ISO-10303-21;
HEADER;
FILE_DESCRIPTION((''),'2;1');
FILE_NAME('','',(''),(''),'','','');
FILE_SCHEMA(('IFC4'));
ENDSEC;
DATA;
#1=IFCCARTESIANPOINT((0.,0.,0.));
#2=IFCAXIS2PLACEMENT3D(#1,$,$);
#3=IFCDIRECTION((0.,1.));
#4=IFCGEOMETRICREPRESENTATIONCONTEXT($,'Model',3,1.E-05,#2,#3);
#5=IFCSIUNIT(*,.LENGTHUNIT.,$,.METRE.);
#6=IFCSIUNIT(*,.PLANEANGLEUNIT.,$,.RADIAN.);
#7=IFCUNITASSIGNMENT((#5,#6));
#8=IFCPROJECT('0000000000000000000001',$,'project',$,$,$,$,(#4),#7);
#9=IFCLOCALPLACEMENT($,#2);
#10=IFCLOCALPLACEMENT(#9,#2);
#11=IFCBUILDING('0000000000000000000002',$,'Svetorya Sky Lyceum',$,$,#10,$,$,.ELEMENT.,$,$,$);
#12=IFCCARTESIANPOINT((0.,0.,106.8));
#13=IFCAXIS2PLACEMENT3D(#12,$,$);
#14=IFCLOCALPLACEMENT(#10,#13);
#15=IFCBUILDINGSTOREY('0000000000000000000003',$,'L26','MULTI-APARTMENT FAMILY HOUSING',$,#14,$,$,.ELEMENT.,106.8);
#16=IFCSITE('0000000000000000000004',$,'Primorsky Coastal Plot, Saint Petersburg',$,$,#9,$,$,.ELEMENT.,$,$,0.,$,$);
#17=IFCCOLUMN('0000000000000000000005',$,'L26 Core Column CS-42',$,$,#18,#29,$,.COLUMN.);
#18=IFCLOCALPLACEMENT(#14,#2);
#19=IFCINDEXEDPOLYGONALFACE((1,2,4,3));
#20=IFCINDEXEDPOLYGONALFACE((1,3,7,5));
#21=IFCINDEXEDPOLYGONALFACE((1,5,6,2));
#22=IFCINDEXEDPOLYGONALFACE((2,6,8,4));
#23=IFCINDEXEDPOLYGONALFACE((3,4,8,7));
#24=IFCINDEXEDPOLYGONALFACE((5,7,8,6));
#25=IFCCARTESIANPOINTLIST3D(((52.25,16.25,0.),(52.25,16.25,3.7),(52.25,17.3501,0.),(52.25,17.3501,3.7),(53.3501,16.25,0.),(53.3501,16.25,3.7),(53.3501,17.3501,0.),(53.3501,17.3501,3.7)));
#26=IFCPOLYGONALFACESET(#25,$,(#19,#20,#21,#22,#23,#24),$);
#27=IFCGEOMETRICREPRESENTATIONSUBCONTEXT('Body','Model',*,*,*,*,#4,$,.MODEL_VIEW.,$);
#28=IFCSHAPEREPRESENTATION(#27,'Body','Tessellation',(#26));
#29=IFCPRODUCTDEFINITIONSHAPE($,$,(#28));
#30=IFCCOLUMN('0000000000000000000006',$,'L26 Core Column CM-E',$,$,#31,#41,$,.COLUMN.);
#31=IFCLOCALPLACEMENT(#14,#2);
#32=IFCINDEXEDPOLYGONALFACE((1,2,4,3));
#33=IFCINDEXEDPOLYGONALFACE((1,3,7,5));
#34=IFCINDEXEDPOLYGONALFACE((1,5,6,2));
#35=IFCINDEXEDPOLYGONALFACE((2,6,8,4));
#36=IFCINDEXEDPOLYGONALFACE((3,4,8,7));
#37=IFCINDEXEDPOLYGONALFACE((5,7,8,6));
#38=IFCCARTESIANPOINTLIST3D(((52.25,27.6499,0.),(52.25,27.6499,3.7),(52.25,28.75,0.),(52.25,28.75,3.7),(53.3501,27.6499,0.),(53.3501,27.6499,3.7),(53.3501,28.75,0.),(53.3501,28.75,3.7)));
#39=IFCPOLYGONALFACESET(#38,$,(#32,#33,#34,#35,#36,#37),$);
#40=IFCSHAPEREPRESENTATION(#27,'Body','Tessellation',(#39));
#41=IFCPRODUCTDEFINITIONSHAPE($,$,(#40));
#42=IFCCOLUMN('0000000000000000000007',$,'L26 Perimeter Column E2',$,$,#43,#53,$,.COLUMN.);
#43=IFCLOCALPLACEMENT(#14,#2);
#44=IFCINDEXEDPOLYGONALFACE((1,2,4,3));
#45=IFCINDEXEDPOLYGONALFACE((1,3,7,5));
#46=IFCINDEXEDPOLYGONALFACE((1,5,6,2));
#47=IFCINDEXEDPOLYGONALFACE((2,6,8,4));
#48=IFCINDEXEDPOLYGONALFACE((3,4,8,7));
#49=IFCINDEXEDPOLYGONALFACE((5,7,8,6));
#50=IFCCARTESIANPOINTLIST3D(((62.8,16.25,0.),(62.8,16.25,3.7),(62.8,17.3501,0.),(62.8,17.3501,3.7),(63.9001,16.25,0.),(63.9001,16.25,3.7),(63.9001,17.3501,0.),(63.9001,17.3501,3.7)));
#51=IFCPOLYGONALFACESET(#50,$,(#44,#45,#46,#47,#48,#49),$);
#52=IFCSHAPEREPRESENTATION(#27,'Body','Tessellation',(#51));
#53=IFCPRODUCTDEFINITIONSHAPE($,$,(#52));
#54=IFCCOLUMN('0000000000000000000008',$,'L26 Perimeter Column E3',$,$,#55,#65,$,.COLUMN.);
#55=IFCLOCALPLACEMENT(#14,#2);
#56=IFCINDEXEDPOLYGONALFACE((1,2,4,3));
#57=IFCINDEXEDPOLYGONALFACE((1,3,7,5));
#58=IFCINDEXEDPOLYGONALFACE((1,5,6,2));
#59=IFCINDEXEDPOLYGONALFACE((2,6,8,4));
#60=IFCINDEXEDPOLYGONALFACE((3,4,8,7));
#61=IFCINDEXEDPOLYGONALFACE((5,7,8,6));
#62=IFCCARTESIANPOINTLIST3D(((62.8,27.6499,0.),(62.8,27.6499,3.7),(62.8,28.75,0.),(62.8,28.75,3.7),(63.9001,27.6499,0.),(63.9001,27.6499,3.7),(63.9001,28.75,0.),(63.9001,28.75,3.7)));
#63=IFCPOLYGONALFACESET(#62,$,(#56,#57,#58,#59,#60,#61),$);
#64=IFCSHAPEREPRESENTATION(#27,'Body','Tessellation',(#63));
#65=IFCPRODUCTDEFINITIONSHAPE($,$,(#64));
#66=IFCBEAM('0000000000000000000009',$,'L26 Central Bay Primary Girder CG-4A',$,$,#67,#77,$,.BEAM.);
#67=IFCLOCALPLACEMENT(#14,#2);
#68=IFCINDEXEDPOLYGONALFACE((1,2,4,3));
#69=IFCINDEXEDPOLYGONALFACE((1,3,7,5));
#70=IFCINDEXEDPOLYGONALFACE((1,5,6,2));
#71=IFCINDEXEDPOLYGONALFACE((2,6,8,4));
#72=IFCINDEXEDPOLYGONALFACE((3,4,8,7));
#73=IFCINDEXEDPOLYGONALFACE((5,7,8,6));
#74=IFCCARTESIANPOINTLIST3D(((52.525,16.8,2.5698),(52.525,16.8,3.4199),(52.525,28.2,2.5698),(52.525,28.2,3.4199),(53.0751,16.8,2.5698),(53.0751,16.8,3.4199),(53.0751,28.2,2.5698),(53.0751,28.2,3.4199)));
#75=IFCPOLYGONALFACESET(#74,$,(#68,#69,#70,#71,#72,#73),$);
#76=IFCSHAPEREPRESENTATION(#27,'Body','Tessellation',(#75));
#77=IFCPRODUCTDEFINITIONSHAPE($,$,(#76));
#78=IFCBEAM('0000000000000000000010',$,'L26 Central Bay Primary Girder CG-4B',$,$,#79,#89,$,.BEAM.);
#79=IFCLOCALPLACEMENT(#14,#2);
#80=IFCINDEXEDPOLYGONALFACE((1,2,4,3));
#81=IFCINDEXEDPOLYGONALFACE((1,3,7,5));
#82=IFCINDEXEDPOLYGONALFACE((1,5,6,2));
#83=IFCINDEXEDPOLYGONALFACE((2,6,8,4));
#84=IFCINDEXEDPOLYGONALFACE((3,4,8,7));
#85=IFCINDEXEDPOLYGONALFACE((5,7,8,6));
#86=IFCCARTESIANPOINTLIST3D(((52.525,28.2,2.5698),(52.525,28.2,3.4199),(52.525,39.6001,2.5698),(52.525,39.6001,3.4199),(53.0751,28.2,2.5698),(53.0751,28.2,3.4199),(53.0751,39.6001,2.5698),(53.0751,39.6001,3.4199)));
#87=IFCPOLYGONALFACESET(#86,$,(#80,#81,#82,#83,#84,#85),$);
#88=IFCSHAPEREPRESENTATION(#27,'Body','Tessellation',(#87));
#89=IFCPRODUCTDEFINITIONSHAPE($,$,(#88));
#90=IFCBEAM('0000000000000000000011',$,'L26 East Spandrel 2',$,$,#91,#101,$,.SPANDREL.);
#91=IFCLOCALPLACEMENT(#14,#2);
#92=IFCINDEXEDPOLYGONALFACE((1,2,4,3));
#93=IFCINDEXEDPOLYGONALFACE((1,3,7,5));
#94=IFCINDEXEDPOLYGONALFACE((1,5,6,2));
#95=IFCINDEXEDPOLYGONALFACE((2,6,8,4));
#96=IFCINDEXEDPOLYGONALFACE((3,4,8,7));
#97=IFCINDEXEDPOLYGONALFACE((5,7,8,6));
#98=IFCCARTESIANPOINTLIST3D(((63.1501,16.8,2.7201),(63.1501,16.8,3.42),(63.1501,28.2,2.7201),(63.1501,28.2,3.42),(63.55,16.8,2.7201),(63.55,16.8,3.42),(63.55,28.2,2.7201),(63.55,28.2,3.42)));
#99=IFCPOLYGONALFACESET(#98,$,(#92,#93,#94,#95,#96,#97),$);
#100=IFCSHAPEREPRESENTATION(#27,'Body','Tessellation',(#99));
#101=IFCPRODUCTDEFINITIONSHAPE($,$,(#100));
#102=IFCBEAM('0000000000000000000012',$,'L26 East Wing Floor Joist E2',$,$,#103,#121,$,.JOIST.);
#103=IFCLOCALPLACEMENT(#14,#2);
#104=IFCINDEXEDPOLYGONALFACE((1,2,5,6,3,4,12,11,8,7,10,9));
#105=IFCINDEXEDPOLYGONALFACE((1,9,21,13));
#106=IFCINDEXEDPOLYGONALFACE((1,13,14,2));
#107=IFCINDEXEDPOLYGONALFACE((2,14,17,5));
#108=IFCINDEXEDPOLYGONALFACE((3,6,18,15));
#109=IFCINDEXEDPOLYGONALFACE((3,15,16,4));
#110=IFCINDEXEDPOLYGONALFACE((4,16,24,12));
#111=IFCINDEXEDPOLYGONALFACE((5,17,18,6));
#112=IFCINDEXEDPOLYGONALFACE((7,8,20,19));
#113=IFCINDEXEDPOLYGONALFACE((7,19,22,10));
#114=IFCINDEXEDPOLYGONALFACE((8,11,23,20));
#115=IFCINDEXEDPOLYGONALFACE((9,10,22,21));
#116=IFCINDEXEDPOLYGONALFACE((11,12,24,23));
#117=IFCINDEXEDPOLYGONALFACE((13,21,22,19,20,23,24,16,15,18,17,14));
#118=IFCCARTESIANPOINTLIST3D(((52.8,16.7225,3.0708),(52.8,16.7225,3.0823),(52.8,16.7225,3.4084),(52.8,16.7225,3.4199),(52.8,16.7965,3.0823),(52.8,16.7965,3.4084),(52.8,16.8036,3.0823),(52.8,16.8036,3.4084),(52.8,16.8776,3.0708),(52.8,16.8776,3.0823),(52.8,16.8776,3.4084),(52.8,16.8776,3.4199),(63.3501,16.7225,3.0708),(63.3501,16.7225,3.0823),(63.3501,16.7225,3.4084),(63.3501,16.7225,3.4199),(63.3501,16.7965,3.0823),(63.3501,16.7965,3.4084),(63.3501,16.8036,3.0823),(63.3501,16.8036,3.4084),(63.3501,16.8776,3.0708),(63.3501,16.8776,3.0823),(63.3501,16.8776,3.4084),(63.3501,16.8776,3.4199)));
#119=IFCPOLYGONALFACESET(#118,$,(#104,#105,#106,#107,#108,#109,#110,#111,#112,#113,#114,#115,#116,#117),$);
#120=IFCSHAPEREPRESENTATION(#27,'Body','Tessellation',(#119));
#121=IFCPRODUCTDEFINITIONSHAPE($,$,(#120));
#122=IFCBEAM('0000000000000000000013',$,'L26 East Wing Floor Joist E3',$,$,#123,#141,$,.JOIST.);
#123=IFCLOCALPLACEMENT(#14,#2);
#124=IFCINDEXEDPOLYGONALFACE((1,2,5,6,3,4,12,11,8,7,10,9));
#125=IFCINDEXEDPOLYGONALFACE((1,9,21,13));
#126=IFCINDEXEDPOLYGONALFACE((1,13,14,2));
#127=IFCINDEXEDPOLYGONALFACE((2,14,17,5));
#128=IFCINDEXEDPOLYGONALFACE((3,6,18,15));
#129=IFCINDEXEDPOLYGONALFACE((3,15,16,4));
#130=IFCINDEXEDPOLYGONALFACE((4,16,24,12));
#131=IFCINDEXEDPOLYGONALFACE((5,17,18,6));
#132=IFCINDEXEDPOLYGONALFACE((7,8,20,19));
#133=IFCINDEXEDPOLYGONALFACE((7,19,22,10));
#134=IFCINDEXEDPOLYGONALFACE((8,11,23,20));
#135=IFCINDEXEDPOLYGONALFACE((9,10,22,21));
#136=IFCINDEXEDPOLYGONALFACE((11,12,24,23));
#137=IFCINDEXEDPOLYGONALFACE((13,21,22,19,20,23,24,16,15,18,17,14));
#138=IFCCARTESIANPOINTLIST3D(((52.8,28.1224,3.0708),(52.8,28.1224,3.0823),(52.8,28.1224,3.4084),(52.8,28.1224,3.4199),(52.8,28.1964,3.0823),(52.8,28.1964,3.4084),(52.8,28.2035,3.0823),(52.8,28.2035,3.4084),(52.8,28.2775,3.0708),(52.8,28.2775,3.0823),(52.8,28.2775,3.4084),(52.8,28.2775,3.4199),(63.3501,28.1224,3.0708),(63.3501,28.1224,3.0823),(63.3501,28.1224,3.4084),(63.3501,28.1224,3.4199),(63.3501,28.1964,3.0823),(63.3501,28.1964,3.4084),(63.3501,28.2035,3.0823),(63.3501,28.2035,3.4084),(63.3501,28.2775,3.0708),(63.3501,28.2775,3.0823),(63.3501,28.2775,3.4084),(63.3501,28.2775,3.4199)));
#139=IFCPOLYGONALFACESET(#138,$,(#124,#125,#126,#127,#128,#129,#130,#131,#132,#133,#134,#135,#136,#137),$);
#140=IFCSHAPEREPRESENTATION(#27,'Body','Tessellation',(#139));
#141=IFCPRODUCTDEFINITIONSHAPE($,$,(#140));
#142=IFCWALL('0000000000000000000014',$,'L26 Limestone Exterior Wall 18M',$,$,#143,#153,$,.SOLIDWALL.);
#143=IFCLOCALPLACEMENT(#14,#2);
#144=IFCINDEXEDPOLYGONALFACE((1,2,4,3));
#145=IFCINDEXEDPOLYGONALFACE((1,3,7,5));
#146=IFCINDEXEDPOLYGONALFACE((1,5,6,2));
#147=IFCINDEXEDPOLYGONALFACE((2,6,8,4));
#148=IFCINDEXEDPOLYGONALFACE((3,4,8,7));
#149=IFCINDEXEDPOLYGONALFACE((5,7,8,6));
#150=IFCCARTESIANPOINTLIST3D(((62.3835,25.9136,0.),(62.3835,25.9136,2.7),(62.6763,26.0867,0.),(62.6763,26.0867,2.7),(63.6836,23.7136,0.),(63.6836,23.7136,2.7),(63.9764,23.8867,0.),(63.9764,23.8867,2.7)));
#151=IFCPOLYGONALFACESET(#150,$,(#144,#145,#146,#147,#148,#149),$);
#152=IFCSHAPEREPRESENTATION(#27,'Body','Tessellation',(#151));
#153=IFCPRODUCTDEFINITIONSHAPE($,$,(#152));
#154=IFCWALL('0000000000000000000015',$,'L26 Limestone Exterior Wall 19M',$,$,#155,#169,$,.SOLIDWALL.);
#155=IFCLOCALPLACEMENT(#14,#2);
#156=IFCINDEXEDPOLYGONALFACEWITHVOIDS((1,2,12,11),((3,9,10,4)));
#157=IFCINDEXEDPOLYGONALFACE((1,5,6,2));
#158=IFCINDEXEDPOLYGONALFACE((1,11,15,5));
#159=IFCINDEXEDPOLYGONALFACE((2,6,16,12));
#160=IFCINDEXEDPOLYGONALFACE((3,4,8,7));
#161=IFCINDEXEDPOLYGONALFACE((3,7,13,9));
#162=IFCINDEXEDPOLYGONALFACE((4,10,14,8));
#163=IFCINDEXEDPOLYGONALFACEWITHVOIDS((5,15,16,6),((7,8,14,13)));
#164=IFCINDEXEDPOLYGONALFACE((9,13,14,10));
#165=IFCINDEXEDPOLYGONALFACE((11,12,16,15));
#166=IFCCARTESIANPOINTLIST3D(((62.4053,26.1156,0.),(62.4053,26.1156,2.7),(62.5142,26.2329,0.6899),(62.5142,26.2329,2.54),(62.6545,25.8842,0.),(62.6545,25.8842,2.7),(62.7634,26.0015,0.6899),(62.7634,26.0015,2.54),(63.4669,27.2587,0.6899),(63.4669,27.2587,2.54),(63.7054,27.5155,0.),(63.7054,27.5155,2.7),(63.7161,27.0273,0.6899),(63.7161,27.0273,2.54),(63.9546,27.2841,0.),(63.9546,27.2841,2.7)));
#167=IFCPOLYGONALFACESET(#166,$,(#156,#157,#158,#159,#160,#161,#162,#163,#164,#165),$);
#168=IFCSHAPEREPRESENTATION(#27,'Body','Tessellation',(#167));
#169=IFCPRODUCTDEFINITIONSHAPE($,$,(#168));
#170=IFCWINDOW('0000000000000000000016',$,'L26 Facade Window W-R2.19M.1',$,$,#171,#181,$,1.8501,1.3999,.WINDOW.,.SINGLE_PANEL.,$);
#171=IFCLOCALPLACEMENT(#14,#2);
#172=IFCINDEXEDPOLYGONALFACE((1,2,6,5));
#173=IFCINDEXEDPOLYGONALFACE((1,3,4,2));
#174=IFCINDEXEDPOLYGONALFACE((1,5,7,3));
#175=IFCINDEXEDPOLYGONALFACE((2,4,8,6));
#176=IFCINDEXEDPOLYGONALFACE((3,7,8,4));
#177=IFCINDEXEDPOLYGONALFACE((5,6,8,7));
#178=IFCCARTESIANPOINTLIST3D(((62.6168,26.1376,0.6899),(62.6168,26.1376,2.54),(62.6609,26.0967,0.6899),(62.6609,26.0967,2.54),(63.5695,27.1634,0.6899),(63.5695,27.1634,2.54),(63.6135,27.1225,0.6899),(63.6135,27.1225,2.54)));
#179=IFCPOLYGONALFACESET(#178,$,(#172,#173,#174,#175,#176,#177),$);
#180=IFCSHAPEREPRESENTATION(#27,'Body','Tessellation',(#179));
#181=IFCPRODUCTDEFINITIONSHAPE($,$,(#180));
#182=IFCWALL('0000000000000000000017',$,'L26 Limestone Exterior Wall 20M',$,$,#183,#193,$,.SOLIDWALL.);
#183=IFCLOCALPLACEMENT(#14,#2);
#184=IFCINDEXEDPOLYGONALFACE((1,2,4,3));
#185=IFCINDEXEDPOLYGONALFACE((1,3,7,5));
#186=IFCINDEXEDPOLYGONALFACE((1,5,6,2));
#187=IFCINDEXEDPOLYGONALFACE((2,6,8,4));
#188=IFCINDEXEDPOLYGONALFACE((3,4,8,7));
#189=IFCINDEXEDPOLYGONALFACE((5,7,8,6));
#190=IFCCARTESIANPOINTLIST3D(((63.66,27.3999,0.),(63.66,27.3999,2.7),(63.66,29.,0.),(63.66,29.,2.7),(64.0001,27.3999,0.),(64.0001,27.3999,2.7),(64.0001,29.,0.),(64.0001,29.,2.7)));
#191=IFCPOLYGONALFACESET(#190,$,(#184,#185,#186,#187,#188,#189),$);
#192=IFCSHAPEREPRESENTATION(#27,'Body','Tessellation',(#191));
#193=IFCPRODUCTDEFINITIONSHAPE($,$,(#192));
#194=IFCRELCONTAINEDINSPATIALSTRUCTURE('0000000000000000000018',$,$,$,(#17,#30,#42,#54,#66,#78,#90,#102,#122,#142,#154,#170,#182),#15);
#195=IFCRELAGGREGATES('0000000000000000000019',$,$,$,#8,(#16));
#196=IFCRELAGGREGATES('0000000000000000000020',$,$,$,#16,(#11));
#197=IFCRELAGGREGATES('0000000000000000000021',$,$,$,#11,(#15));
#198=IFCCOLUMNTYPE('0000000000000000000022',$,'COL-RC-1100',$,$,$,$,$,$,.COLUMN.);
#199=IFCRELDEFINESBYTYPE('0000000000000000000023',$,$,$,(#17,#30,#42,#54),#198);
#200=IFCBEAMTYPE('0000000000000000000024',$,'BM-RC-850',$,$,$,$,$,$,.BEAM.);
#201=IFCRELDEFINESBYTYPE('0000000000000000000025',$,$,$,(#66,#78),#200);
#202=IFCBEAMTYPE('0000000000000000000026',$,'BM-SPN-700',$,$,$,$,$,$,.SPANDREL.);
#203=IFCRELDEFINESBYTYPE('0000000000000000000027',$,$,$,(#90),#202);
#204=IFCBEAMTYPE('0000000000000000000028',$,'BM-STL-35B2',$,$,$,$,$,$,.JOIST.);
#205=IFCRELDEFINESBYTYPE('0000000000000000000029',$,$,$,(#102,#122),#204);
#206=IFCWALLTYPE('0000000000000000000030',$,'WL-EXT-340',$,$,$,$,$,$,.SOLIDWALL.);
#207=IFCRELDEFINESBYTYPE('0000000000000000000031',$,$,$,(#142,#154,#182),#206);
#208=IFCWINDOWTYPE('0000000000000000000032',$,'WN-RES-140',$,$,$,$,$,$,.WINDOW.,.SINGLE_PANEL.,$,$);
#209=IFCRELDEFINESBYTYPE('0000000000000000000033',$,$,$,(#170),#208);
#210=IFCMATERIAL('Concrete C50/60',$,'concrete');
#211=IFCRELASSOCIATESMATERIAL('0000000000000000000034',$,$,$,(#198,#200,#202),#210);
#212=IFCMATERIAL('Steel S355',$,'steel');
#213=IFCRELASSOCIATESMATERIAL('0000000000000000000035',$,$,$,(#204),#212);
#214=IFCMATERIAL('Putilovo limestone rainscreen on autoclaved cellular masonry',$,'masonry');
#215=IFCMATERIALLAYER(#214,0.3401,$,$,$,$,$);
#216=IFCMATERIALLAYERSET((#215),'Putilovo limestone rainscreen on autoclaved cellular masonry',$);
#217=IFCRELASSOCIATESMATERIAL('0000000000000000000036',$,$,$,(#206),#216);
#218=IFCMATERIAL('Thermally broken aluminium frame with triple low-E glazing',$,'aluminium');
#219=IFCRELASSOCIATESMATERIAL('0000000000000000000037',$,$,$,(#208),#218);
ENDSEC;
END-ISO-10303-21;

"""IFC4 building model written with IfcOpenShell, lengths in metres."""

from ifc_helpers import new_model, si_unit, direction, frame, frame_2d, origin, origin_2d, place, context, subcontext, project, spatial, rectangle, i_section, extrude, material, layer, layer_set, material_profile, profile_set, type_object, element, fill, save


model = new_model("IFC4")

# Units and contexts
model_context = context("Model", 3, precision=1e-05, world=origin(), true_north=direction((0.0, 1.0)))
body_context = subcontext(model_context, "Body", "Model", "MODEL_VIEW")
ifc_project = project(units=[si_unit("LENGTHUNIT", "METRE"), si_unit("PLANEANGLEUNIT", "RADIAN")], contexts=[model_context])

# Site, building, storey
site_placement = place(None, origin())
site = spatial("IfcSite", under=ifc_project, at=site_placement, Name="Primorsky Coastal Plot, Saint Petersburg", CompositionType="ELEMENT", RefElevation=0.0)
building_placement = place(site_placement, origin())
building = spatial("IfcBuilding", under=site, at=building_placement, Name="Svetorya Sky Lyceum", CompositionType="ELEMENT")
storey_placement = place(building_placement, frame((0.0, 0.0, 106.8)))
storey = spatial("IfcBuildingStorey", under=building, at=storey_placement, Name="L26", Description="MULTI-APARTMENT FAMILY HOUSING", CompositionType="ELEMENT", Elevation=106.8)

# Columns
ifc_material_1 = material(Name="Concrete C50/60", Category="concrete")
ifc_material_profile_1 = material_profile(ifc_material_1, rectangle(XDim=1.1001, YDim=1.1001, at=origin_2d()), Name="RC COL 1100x1100")
ifc_profile_set_1 = profile_set([ifc_material_profile_1], Name="Concrete C50/60")
column_type = type_object("IfcColumnType", Name="COL-RC-1100", PredefinedType="COLUMN", material=ifc_profile_set_1)
for number, where, z_axis, x_axis, name in (
    (1, (52.8, 16.8, 0.0), (0.0, 0.0, 1.0), (1.0, 0.0, 0.0), "L26 Core Column CS-42"),
    (2, (52.8, 28.2, 0.0), (0.0, 0.0, 1.0), (1.0, 0.0, 0.0), "L26 Core Column CM-E"),
    (3, (63.3501, 16.8, 0.0), (0.0, 0.0, 1.0), (1.0, 0.0, 0.0), "L26 Perimeter Column E2"),
    (4, (63.3501, 28.2, 0.0), (0.0, 0.0, 1.0), (1.0, 0.0, 0.0), "L26 Perimeter Column E3"),
):
    element("IfcColumn", number, at=place(storey_placement, frame(where, z_axis=z_axis, x_axis=x_axis)), inside=storey, type_object=column_type, Name=name, PredefinedType="COLUMN", context=body_context, shape_type="SweptSolid", body=[
        extrude(rectangle(XDim=1.1001, YDim=1.1001, at=origin_2d()), origin(), (0.0, 0.0, 1.0), 3.7),
    ])

# Beams
ifc_material_profile_2 = material_profile(ifc_material_1, rectangle(XDim=0.55, YDim=0.8501, at=origin_2d()), Name="RC BEAM 550x850")
ifc_profile_set_2 = profile_set([ifc_material_profile_2], Name="Concrete C50/60")
beam_type_1 = type_object("IfcBeamType", Name="BM-RC-850", PredefinedType="BEAM", material=ifc_profile_set_2)
beam_1_placement = place(storey_placement, frame((52.8, 16.8, 2.9949), z_axis=(0.0, 1.0, 0.0), x_axis=(-1.0, 0.0, 0.0)))
element("IfcBeam", 5, at=beam_1_placement, inside=storey, type_object=beam_type_1, Name="L26 Central Bay Primary Girder CG-4A", PredefinedType="BEAM", context=body_context, shape_type="SweptSolid", body=[
    extrude(rectangle(XDim=0.55, YDim=0.8501, at=origin_2d()), origin(), (0.0, 0.0, 1.0), 11.3999),
])
beam_2_placement = place(storey_placement, frame((52.8, 28.2, 2.9949), z_axis=(0.0, 1.0, 0.0), x_axis=(-1.0, 0.0, 0.0)))
element("IfcBeam", 6, at=beam_2_placement, inside=storey, type_object=beam_type_1, Name="L26 Central Bay Primary Girder CG-4B", PredefinedType="BEAM", context=body_context, shape_type="SweptSolid", body=[
    extrude(rectangle(XDim=0.55, YDim=0.8501, at=origin_2d()), origin(), (0.0, 0.0, 1.0), 11.4001),
])
ifc_material_profile_3 = material_profile(ifc_material_1, rectangle(XDim=0.3999, YDim=0.7, at=origin_2d()), Name="RC SPANDREL 400x700")
ifc_profile_set_3 = profile_set([ifc_material_profile_3], Name="Concrete C50/60")
beam_type_2 = type_object("IfcBeamType", Name="BM-SPN-700", PredefinedType="SPANDREL", material=ifc_profile_set_3)
beam_3_placement = place(storey_placement, frame((63.3501, 16.8, 3.0701), z_axis=(0.0, 1.0, 0.0), x_axis=(-1.0, 0.0, 0.0)))
element("IfcBeam", 7, at=beam_3_placement, inside=storey, type_object=beam_type_2, Name="L26 East Spandrel 2", PredefinedType="SPANDREL", context=body_context, shape_type="SweptSolid", body=[
    extrude(rectangle(XDim=0.3999, YDim=0.7, at=origin_2d()), origin(), (0.0, 0.0, 1.0), 11.3999),
])
ifc_material_2 = material(Name="Steel S355", Category="steel")
ifc_material_profile_4 = material_profile(ifc_material_2, i_section(OverallWidth=0.155, OverallDepth=0.3491, WebThickness=0.0071, FlangeThickness=0.0115, at=origin_2d()), Name="GOST 35B2")
ifc_profile_set_4 = profile_set([ifc_material_profile_4], Name="Steel S355")
beam_type_3 = type_object("IfcBeamType", Name="BM-STL-35B2", PredefinedType="JOIST", material=ifc_profile_set_4)
for number, where, z_axis, x_axis, name in (
    (8, (52.8, 16.8, 3.2454), (1.0, 0.0, 0.0), (0.0, 1.0, 0.0), "L26 East Wing Floor Joist E2"),
    (9, (52.8, 28.2, 3.2454), (1.0, 0.0, 0.0), (0.0, 1.0, 0.0), "L26 East Wing Floor Joist E3"),
):
    element("IfcBeam", number, at=place(storey_placement, frame(where, z_axis=z_axis, x_axis=x_axis)), inside=storey, type_object=beam_type_3, Name=name, PredefinedType="JOIST", context=body_context, shape_type="SweptSolid", body=[
        extrude(i_section(OverallWidth=0.155, OverallDepth=0.3491, WebThickness=0.0071, FlangeThickness=0.0115, at=origin_2d()), origin(), (0.0, 0.0, 1.0), 10.55),
    ])

# Wall
ifc_material_3 = material(Name="Putilovo limestone rainscreen on autoclaved cellular masonry", Category="masonry")
ifc_layer_1 = layer(ifc_material_3, 0.3401)
ifc_layer_set_1 = layer_set([ifc_layer_1], Name="Putilovo limestone rainscreen on autoclaved cellular masonry")
wall_type_1 = type_object("IfcWallType", Name="WL-EXT-340", PredefinedType="SOLIDWALL", material=ifc_layer_set_1)
wall_1_placement = place(storey_placement, frame((63.8301, 23.8, 0.0), z_axis=(0.0, 0.0, 1.0), x_axis=(-0.508752, 0.860913, 0.0)))
element("IfcWall", 10, at=wall_1_placement, inside=storey, type_object=wall_type_1, Name="L26 Limestone Exterior Wall 18M", PredefinedType="SOLIDWALL", context=body_context, shape_type="SweptSolid", body=[
    extrude(rectangle(XDim=2.5554, YDim=0.3401, at=frame_2d((1.2778, 0.0))), origin(), (0.0, 0.0, 1.0), 2.7),
])

# Wall, opening, window
wall_2_placement = place(storey_placement, frame((62.53, 26.0, 0.0), z_axis=(0.0, 0.0, 1.0), x_axis=(0.68049, 0.732757, 0.0)))
wall_2 = element("IfcWall", 11, at=wall_2_placement, inside=storey, type_object=wall_type_1, Name="L26 Limestone Exterior Wall 19M", PredefinedType="SOLIDWALL", context=body_context, shape_type="SweptSolid", body=[
    extrude(rectangle(XDim=1.9104, YDim=0.3401, at=frame_2d((0.9551, 0.0))), origin(), (0.0, 0.0, 1.0), 2.7),
])
opening_1_placement = place(wall_2_placement, frame((0.1599, 0.0, 0.6899)))
opening_1 = element("IfcOpeningElement", 12, at=opening_1_placement, cuts=wall_2, PredefinedType="OPENING", context=body_context, shape_type="SweptSolid", body=[
    extrude(rectangle(XDim=1.3999, YDim=1.8501, at=frame_2d((0.7, 0.925))), frame((0.0, 0.1799, 0.0), z_axis=(0.0, -1.0, 0.0), x_axis=(1.0, 0.0, 0.0)), (0.0, 0.0, 1.0), 0.3601),
])
ifc_material_4 = material(Name="Thermally broken aluminium frame with triple low-E glazing", Category="aluminium")
window_type = type_object("IfcWindowType", Name="WN-RES-140", PartitioningType="SINGLE_PANEL", PredefinedType="WINDOW", material=ifc_material_4)
window_placement = place(opening_1_placement, origin())
window = element("IfcWindow", 13, at=window_placement, inside=storey, type_object=window_type, Name="L26 Facade Window W-R2.19M.1", OverallHeight=1.8501, OverallWidth=1.3999, PartitioningType="SINGLE_PANEL", PredefinedType="WINDOW", context=body_context, shape_type="SweptSolid", body=[
    extrude(rectangle(XDim=1.3999, YDim=1.8501, at=frame_2d((0.7, 0.925))), frame((0.0, 0.03, 0.0), z_axis=(0.0, -1.0, 0.0), x_axis=(1.0, 0.0, 0.0)), (0.0, 0.0, 1.0), 0.0601),
])
fill(opening_1, window)

# Wall
wall_3_placement = place(storey_placement, frame((63.8301, 27.3999, 0.0), z_axis=(0.0, 0.0, 1.0), x_axis=(0.0, 1.0, 0.0)))
element("IfcWall", 14, at=wall_3_placement, inside=storey, type_object=wall_type_1, Name="L26 Limestone Exterior Wall 20M", PredefinedType="SOLIDWALL", context=body_context, shape_type="SweptSolid", body=[
    extrude(rectangle(XDim=1.6001, YDim=0.3401, at=frame_2d((0.8, 0.0))), origin(), (0.0, 0.0, 1.0), 2.7),
])

save(model, "model.ifc")
